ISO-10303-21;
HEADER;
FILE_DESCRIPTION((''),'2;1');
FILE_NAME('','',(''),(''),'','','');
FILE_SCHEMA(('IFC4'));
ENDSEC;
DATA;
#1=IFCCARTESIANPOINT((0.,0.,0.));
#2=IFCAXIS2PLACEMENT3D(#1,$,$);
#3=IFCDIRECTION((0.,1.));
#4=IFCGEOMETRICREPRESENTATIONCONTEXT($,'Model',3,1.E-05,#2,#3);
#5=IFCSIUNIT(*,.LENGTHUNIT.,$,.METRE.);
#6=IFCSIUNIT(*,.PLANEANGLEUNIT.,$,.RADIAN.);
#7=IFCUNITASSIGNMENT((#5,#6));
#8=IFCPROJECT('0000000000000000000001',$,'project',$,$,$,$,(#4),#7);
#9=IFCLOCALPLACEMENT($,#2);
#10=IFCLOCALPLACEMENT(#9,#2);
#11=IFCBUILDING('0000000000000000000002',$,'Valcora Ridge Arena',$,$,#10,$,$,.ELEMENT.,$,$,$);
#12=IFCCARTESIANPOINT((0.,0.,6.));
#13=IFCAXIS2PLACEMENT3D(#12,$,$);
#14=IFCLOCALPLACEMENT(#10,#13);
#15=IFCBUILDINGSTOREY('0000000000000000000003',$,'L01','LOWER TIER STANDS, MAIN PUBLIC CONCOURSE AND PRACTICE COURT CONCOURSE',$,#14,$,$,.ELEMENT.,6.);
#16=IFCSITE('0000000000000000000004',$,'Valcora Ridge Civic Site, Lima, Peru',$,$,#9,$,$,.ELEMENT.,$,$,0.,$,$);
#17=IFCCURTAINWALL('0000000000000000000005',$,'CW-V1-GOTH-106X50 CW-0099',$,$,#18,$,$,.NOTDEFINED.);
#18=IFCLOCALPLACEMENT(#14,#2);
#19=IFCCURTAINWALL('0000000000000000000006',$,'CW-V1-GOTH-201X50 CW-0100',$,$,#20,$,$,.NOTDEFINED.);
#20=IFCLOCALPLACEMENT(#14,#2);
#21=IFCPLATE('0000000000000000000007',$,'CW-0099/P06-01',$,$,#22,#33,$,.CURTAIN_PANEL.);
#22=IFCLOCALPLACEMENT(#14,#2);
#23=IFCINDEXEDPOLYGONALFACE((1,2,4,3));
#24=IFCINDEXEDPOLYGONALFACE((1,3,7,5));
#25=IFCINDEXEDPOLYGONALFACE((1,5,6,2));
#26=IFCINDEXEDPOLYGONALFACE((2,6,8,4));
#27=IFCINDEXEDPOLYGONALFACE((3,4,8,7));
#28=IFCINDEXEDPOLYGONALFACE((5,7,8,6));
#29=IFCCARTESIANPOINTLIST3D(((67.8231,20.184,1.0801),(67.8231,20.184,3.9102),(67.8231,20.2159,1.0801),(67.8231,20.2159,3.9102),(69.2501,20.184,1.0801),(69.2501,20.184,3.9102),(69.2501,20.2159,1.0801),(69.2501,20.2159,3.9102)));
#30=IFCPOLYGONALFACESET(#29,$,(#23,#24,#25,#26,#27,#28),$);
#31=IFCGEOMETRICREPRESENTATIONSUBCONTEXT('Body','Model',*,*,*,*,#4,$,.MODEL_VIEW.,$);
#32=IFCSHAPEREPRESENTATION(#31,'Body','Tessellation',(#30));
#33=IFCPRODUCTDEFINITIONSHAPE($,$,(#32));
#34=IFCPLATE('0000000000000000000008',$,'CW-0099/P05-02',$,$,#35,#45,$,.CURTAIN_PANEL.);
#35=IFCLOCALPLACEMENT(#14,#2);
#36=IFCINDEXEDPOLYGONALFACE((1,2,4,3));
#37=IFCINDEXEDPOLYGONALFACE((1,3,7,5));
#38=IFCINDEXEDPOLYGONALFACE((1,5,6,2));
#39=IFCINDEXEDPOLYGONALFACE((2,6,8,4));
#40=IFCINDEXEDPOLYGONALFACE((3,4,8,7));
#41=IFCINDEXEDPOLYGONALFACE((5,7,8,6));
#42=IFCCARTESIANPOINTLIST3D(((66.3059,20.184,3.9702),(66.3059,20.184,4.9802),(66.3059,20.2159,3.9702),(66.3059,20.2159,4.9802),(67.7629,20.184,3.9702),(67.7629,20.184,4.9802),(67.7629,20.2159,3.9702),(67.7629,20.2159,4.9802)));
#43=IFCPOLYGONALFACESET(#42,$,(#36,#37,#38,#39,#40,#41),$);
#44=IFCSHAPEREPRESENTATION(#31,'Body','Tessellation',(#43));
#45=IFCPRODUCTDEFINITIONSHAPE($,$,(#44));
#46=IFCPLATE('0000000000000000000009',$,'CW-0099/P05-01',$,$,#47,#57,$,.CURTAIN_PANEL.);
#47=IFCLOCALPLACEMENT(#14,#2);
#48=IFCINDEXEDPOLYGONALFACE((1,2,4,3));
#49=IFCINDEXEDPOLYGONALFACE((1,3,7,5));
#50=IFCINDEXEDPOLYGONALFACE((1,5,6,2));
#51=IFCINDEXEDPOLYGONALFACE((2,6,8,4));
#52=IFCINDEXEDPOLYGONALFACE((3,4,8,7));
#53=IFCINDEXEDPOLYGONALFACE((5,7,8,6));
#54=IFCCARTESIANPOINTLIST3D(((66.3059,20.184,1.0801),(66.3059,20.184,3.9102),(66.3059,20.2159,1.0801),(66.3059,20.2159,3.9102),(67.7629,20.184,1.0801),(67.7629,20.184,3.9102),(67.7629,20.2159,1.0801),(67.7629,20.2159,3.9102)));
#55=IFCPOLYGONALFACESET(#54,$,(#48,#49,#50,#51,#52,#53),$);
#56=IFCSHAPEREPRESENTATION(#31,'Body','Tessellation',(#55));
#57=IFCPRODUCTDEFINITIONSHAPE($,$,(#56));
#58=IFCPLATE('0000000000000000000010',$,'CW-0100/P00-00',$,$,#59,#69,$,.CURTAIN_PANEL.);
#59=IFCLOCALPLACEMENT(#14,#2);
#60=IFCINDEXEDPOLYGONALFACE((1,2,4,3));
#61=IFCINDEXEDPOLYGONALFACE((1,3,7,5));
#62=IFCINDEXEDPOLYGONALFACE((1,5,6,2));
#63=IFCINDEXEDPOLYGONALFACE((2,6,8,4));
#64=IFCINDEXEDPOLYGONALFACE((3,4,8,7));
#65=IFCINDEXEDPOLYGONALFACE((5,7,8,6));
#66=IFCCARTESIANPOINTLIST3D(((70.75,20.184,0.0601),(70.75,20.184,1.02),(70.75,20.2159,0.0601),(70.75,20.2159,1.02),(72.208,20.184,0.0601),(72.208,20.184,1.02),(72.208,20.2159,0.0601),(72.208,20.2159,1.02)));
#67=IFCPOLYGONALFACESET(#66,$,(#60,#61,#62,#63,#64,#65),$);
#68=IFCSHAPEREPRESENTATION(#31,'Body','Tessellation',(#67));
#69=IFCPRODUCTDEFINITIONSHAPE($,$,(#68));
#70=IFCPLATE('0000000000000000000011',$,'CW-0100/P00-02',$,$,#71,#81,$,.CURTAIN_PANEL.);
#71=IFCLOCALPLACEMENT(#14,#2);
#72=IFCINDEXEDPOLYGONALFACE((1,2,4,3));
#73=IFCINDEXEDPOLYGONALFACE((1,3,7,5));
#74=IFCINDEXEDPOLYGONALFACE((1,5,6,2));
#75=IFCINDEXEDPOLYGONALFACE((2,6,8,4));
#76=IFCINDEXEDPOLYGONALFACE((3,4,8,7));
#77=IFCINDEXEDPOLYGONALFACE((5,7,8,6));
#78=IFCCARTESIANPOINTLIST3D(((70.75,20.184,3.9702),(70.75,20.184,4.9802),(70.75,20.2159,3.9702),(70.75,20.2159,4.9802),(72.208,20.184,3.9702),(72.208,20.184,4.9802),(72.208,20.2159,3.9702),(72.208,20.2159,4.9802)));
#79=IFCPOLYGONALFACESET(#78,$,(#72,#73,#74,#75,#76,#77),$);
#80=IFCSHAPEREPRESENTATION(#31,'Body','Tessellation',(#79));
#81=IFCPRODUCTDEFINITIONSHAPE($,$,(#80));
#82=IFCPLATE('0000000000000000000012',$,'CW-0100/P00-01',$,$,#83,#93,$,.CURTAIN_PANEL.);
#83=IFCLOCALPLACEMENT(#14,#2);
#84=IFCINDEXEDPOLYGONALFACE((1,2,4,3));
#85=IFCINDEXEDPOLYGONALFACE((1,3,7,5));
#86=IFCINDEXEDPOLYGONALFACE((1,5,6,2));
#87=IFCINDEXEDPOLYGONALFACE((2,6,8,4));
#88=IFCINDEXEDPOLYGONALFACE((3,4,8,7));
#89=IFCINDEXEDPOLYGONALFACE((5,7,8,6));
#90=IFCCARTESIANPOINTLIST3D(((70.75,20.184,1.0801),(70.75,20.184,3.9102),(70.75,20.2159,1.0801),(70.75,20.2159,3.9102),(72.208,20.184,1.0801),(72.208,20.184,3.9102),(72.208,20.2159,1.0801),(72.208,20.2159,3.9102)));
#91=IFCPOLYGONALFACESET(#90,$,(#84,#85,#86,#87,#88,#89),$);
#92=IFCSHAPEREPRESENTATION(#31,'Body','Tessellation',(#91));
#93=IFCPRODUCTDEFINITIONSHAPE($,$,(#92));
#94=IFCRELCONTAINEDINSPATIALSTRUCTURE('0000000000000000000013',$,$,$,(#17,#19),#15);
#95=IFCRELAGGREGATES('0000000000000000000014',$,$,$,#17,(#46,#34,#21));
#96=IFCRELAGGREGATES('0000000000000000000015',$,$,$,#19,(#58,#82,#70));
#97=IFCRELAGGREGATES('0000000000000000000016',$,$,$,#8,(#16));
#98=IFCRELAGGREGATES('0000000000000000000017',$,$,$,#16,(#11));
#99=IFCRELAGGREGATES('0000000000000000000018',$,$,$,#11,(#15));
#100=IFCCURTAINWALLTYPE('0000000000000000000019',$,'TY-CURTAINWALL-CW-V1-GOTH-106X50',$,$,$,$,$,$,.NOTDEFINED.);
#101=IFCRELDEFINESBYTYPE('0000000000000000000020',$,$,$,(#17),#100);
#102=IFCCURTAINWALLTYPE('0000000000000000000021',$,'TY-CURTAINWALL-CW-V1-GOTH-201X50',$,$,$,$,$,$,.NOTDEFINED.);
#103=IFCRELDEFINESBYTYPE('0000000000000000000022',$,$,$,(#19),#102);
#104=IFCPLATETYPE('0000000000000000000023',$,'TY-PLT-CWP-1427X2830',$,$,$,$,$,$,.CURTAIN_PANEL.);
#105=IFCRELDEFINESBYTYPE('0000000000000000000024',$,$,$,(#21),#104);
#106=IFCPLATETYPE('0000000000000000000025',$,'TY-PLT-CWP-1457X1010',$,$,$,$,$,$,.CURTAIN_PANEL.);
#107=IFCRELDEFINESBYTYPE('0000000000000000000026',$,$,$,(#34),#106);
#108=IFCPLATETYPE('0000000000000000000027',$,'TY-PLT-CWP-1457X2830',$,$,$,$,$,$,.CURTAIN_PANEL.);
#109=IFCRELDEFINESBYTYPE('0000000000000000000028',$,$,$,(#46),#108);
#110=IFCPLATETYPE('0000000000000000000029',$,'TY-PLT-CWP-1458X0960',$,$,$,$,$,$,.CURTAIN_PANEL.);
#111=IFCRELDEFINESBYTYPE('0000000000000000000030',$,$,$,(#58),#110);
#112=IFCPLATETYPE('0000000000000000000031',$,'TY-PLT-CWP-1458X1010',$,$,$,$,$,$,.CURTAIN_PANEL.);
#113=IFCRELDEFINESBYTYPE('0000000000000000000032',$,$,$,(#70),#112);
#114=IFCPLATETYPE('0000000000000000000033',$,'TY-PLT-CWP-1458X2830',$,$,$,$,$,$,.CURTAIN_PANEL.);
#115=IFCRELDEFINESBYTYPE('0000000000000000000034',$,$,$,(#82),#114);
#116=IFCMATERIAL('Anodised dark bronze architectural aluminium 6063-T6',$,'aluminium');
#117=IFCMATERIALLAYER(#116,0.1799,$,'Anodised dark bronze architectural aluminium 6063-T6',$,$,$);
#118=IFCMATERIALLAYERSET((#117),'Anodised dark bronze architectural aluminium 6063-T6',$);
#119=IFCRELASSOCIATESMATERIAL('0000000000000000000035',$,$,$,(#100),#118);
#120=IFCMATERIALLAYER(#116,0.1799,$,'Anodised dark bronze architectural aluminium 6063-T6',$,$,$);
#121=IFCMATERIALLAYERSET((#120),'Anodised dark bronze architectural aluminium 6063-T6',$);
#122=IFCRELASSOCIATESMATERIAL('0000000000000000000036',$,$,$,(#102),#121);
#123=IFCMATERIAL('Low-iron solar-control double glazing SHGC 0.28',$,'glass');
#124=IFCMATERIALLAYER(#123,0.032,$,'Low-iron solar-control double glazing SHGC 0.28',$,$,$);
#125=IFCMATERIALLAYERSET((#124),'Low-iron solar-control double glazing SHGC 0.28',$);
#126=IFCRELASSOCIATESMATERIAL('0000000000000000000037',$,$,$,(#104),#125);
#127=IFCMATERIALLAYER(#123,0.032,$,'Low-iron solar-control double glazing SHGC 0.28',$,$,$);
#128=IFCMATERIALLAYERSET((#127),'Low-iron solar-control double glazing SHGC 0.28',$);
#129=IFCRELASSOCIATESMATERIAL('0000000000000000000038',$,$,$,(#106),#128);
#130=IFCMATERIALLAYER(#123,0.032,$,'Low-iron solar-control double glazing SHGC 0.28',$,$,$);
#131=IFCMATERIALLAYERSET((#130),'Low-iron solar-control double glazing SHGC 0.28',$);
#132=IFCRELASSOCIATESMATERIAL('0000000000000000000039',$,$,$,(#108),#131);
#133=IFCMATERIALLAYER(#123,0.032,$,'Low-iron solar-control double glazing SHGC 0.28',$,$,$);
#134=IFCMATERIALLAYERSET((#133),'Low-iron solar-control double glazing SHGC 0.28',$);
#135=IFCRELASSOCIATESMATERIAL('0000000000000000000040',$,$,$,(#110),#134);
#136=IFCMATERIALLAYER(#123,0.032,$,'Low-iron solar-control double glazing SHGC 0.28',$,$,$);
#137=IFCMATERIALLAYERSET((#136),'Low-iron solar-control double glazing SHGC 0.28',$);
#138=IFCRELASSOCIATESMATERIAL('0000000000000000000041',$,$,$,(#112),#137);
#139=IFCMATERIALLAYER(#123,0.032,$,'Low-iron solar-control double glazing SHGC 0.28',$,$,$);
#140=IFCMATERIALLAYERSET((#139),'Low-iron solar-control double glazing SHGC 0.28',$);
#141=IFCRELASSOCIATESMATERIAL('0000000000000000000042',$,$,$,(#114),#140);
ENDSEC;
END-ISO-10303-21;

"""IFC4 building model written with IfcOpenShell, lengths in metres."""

from ifc_helpers import new_model, si_unit, direction, frame, origin, origin_2d, place, context, subcontext, project, spatial, rectangle, extrude, material, layer, layer_set, type_object, element, aggregate, save


model = new_model("IFC4")

# Units and contexts
model_context = context("Model", 3, precision=1e-05, world=origin(), true_north=direction((0.0, 1.0)))
body_context = subcontext(model_context, "Body", "Model", "MODEL_VIEW")
ifc_project = project(units=[si_unit("LENGTHUNIT", "METRE"), si_unit("PLANEANGLEUNIT", "RADIAN")], contexts=[model_context])

# Site, building, storey
site_placement = place(None, origin())
site = spatial("IfcSite", under=ifc_project, at=site_placement, Name="Valcora Ridge Civic Site, Lima, Peru", CompositionType="ELEMENT", RefElevation=0.0)
building_placement = place(site_placement, origin())
building = spatial("IfcBuilding", under=site, at=building_placement, Name="Valcora Ridge Arena", CompositionType="ELEMENT")
storey_placement = place(building_placement, frame((0.0, 0.0, 6.0)))
storey = spatial("IfcBuildingStorey", under=building, at=storey_placement, Name="L01", Description="LOWER TIER STANDS, MAIN PUBLIC CONCOURSE AND PRACTICE COURT CONCOURSE", CompositionType="ELEMENT", Elevation=6.0)

# Curtain walls
ifc_material_1 = material(Name="Anodised dark bronze architectural aluminium 6063-T6", Category="aluminium")
ifc_layer_1 = layer(ifc_material_1, 0.1799, Name="Anodised dark bronze architectural aluminium 6063-T6")
ifc_layer_set_1 = layer_set([ifc_layer_1], Name="Anodised dark bronze architectural aluminium 6063-T6")
curtain_wall_type_1 = type_object("IfcCurtainWallType", Name="TY-CURTAINWALL-CW-V1-GOTH-106X50", PredefinedType="NOTDEFINED", material=ifc_layer_set_1)
curtain_wall_1_placement = place(storey_placement, origin())
curtain_wall_1 = element("IfcCurtainWall", 1, at=curtain_wall_1_placement, inside=storey, type_object=curtain_wall_type_1, Name="CW-V1-GOTH-106X50 CW-0099", PredefinedType="NOTDEFINED")
ifc_layer_2 = layer(ifc_material_1, 0.1799, Name="Anodised dark bronze architectural aluminium 6063-T6")
ifc_layer_set_2 = layer_set([ifc_layer_2], Name="Anodised dark bronze architectural aluminium 6063-T6")
curtain_wall_type_2 = type_object("IfcCurtainWallType", Name="TY-CURTAINWALL-CW-V1-GOTH-201X50", PredefinedType="NOTDEFINED", material=ifc_layer_set_2)
curtain_wall_2_placement = place(storey_placement, origin())
curtain_wall_2 = element("IfcCurtainWall", 2, at=curtain_wall_2_placement, inside=storey, type_object=curtain_wall_type_2, Name="CW-V1-GOTH-201X50 CW-0100", PredefinedType="NOTDEFINED")

# Plates
ifc_material_2 = material(Name="Low-iron solar-control double glazing SHGC 0.28", Category="glass")
ifc_layer_3 = layer(ifc_material_2, 0.032, Name="Low-iron solar-control double glazing SHGC 0.28")
ifc_layer_set_3 = layer_set([ifc_layer_3], Name="Low-iron solar-control double glazing SHGC 0.28")
plate_type_1 = type_object("IfcPlateType", Name="TY-PLT-CWP-1427X2830", PredefinedType="CURTAIN_PANEL", material=ifc_layer_set_3)
plate_1_placement = place(storey_placement, frame((68.5366, 20.2, 1.0801), z_axis=(0.0, 0.0, 1.0), x_axis=(1.0, 0.0, 0.0)))
plate_1 = element("IfcPlate", 3, at=plate_1_placement, type_object=plate_type_1, Name="CW-0099/P06-01", PredefinedType="CURTAIN_PANEL", context=body_context, shape_type="SweptSolid", body=[
    extrude(rectangle(XDim=1.427, YDim=0.032, at=origin_2d()), origin(), (0.0, 0.0, 1.0), 2.8301),
])
ifc_layer_4 = layer(ifc_material_2, 0.032, Name="Low-iron solar-control double glazing SHGC 0.28")
ifc_layer_set_4 = layer_set([ifc_layer_4], Name="Low-iron solar-control double glazing SHGC 0.28")
plate_type_2 = type_object("IfcPlateType", Name="TY-PLT-CWP-1457X1010", PredefinedType="CURTAIN_PANEL", material=ifc_layer_set_4)
plate_2_placement = place(storey_placement, frame((67.0344, 20.2, 3.9702), z_axis=(0.0, 0.0, 1.0), x_axis=(1.0, 0.0, 0.0)))
plate_2 = element("IfcPlate", 4, at=plate_2_placement, type_object=plate_type_2, Name="CW-0099/P05-02", PredefinedType="CURTAIN_PANEL", context=body_context, shape_type="SweptSolid", body=[
    extrude(rectangle(XDim=1.457, YDim=0.032, at=origin_2d()), origin(), (0.0, 0.0, 1.0), 1.01),
])
ifc_layer_5 = layer(ifc_material_2, 0.032, Name="Low-iron solar-control double glazing SHGC 0.28")
ifc_layer_set_5 = layer_set([ifc_layer_5], Name="Low-iron solar-control double glazing SHGC 0.28")
plate_type_3 = type_object("IfcPlateType", Name="TY-PLT-CWP-1457X2830", PredefinedType="CURTAIN_PANEL", material=ifc_layer_set_5)
plate_3_placement = place(storey_placement, frame((67.0344, 20.2, 1.0801), z_axis=(0.0, 0.0, 1.0), x_axis=(1.0, 0.0, 0.0)))
plate_3 = element("IfcPlate", 5, at=plate_3_placement, type_object=plate_type_3, Name="CW-0099/P05-01", PredefinedType="CURTAIN_PANEL", context=body_context, shape_type="SweptSolid", body=[
    extrude(rectangle(XDim=1.457, YDim=0.032, at=origin_2d()), origin(), (0.0, 0.0, 1.0), 2.8301),
])
aggregate(curtain_wall_1, [plate_3, plate_2, plate_1])
ifc_layer_6 = layer(ifc_material_2, 0.032, Name="Low-iron solar-control double glazing SHGC 0.28")
ifc_layer_set_6 = layer_set([ifc_layer_6], Name="Low-iron solar-control double glazing SHGC 0.28")
plate_type_4 = type_object("IfcPlateType", Name="TY-PLT-CWP-1458X0960", PredefinedType="CURTAIN_PANEL", material=ifc_layer_set_6)
plate_4_placement = place(storey_placement, frame((71.479, 20.2, 0.0601), z_axis=(0.0, 0.0, 1.0), x_axis=(1.0, 0.0, 0.0)))
plate_4 = element("IfcPlate", 6, at=plate_4_placement, type_object=plate_type_4, Name="CW-0100/P00-00", PredefinedType="CURTAIN_PANEL", context=body_context, shape_type="SweptSolid", body=[
    extrude(rectangle(XDim=1.458, YDim=0.032, at=origin_2d()), origin(), (0.0, 0.0, 1.0), 0.96),
])
ifc_layer_7 = layer(ifc_material_2, 0.032, Name="Low-iron solar-control double glazing SHGC 0.28")
ifc_layer_set_7 = layer_set([ifc_layer_7], Name="Low-iron solar-control double glazing SHGC 0.28")
plate_type_5 = type_object("IfcPlateType", Name="TY-PLT-CWP-1458X1010", PredefinedType="CURTAIN_PANEL", material=ifc_layer_set_7)
plate_5_placement = place(storey_placement, frame((71.479, 20.2, 3.9702), z_axis=(0.0, 0.0, 1.0), x_axis=(1.0, 0.0, 0.0)))
plate_5 = element("IfcPlate", 7, at=plate_5_placement, type_object=plate_type_5, Name="CW-0100/P00-02", PredefinedType="CURTAIN_PANEL", context=body_context, shape_type="SweptSolid", body=[
    extrude(rectangle(XDim=1.458, YDim=0.032, at=origin_2d()), origin(), (0.0, 0.0, 1.0), 1.01),
])
ifc_layer_8 = layer(ifc_material_2, 0.032, Name="Low-iron solar-control double glazing SHGC 0.28")
ifc_layer_set_8 = layer_set([ifc_layer_8], Name="Low-iron solar-control double glazing SHGC 0.28")
plate_type_6 = type_object("IfcPlateType", Name="TY-PLT-CWP-1458X2830", PredefinedType="CURTAIN_PANEL", material=ifc_layer_set_8)
plate_6_placement = place(storey_placement, frame((71.479, 20.2, 1.0801), z_axis=(0.0, 0.0, 1.0), x_axis=(1.0, 0.0, 0.0)))
plate_6 = element("IfcPlate", 8, at=plate_6_placement, type_object=plate_type_6, Name="CW-0100/P00-01", PredefinedType="CURTAIN_PANEL", context=body_context, shape_type="SweptSolid", body=[
    extrude(rectangle(XDim=1.458, YDim=0.032, at=origin_2d()), origin(), (0.0, 0.0, 1.0), 2.8301),
])
aggregate(curtain_wall_2, [plate_4, plate_6, plate_5])

save(model, "model.ifc")
